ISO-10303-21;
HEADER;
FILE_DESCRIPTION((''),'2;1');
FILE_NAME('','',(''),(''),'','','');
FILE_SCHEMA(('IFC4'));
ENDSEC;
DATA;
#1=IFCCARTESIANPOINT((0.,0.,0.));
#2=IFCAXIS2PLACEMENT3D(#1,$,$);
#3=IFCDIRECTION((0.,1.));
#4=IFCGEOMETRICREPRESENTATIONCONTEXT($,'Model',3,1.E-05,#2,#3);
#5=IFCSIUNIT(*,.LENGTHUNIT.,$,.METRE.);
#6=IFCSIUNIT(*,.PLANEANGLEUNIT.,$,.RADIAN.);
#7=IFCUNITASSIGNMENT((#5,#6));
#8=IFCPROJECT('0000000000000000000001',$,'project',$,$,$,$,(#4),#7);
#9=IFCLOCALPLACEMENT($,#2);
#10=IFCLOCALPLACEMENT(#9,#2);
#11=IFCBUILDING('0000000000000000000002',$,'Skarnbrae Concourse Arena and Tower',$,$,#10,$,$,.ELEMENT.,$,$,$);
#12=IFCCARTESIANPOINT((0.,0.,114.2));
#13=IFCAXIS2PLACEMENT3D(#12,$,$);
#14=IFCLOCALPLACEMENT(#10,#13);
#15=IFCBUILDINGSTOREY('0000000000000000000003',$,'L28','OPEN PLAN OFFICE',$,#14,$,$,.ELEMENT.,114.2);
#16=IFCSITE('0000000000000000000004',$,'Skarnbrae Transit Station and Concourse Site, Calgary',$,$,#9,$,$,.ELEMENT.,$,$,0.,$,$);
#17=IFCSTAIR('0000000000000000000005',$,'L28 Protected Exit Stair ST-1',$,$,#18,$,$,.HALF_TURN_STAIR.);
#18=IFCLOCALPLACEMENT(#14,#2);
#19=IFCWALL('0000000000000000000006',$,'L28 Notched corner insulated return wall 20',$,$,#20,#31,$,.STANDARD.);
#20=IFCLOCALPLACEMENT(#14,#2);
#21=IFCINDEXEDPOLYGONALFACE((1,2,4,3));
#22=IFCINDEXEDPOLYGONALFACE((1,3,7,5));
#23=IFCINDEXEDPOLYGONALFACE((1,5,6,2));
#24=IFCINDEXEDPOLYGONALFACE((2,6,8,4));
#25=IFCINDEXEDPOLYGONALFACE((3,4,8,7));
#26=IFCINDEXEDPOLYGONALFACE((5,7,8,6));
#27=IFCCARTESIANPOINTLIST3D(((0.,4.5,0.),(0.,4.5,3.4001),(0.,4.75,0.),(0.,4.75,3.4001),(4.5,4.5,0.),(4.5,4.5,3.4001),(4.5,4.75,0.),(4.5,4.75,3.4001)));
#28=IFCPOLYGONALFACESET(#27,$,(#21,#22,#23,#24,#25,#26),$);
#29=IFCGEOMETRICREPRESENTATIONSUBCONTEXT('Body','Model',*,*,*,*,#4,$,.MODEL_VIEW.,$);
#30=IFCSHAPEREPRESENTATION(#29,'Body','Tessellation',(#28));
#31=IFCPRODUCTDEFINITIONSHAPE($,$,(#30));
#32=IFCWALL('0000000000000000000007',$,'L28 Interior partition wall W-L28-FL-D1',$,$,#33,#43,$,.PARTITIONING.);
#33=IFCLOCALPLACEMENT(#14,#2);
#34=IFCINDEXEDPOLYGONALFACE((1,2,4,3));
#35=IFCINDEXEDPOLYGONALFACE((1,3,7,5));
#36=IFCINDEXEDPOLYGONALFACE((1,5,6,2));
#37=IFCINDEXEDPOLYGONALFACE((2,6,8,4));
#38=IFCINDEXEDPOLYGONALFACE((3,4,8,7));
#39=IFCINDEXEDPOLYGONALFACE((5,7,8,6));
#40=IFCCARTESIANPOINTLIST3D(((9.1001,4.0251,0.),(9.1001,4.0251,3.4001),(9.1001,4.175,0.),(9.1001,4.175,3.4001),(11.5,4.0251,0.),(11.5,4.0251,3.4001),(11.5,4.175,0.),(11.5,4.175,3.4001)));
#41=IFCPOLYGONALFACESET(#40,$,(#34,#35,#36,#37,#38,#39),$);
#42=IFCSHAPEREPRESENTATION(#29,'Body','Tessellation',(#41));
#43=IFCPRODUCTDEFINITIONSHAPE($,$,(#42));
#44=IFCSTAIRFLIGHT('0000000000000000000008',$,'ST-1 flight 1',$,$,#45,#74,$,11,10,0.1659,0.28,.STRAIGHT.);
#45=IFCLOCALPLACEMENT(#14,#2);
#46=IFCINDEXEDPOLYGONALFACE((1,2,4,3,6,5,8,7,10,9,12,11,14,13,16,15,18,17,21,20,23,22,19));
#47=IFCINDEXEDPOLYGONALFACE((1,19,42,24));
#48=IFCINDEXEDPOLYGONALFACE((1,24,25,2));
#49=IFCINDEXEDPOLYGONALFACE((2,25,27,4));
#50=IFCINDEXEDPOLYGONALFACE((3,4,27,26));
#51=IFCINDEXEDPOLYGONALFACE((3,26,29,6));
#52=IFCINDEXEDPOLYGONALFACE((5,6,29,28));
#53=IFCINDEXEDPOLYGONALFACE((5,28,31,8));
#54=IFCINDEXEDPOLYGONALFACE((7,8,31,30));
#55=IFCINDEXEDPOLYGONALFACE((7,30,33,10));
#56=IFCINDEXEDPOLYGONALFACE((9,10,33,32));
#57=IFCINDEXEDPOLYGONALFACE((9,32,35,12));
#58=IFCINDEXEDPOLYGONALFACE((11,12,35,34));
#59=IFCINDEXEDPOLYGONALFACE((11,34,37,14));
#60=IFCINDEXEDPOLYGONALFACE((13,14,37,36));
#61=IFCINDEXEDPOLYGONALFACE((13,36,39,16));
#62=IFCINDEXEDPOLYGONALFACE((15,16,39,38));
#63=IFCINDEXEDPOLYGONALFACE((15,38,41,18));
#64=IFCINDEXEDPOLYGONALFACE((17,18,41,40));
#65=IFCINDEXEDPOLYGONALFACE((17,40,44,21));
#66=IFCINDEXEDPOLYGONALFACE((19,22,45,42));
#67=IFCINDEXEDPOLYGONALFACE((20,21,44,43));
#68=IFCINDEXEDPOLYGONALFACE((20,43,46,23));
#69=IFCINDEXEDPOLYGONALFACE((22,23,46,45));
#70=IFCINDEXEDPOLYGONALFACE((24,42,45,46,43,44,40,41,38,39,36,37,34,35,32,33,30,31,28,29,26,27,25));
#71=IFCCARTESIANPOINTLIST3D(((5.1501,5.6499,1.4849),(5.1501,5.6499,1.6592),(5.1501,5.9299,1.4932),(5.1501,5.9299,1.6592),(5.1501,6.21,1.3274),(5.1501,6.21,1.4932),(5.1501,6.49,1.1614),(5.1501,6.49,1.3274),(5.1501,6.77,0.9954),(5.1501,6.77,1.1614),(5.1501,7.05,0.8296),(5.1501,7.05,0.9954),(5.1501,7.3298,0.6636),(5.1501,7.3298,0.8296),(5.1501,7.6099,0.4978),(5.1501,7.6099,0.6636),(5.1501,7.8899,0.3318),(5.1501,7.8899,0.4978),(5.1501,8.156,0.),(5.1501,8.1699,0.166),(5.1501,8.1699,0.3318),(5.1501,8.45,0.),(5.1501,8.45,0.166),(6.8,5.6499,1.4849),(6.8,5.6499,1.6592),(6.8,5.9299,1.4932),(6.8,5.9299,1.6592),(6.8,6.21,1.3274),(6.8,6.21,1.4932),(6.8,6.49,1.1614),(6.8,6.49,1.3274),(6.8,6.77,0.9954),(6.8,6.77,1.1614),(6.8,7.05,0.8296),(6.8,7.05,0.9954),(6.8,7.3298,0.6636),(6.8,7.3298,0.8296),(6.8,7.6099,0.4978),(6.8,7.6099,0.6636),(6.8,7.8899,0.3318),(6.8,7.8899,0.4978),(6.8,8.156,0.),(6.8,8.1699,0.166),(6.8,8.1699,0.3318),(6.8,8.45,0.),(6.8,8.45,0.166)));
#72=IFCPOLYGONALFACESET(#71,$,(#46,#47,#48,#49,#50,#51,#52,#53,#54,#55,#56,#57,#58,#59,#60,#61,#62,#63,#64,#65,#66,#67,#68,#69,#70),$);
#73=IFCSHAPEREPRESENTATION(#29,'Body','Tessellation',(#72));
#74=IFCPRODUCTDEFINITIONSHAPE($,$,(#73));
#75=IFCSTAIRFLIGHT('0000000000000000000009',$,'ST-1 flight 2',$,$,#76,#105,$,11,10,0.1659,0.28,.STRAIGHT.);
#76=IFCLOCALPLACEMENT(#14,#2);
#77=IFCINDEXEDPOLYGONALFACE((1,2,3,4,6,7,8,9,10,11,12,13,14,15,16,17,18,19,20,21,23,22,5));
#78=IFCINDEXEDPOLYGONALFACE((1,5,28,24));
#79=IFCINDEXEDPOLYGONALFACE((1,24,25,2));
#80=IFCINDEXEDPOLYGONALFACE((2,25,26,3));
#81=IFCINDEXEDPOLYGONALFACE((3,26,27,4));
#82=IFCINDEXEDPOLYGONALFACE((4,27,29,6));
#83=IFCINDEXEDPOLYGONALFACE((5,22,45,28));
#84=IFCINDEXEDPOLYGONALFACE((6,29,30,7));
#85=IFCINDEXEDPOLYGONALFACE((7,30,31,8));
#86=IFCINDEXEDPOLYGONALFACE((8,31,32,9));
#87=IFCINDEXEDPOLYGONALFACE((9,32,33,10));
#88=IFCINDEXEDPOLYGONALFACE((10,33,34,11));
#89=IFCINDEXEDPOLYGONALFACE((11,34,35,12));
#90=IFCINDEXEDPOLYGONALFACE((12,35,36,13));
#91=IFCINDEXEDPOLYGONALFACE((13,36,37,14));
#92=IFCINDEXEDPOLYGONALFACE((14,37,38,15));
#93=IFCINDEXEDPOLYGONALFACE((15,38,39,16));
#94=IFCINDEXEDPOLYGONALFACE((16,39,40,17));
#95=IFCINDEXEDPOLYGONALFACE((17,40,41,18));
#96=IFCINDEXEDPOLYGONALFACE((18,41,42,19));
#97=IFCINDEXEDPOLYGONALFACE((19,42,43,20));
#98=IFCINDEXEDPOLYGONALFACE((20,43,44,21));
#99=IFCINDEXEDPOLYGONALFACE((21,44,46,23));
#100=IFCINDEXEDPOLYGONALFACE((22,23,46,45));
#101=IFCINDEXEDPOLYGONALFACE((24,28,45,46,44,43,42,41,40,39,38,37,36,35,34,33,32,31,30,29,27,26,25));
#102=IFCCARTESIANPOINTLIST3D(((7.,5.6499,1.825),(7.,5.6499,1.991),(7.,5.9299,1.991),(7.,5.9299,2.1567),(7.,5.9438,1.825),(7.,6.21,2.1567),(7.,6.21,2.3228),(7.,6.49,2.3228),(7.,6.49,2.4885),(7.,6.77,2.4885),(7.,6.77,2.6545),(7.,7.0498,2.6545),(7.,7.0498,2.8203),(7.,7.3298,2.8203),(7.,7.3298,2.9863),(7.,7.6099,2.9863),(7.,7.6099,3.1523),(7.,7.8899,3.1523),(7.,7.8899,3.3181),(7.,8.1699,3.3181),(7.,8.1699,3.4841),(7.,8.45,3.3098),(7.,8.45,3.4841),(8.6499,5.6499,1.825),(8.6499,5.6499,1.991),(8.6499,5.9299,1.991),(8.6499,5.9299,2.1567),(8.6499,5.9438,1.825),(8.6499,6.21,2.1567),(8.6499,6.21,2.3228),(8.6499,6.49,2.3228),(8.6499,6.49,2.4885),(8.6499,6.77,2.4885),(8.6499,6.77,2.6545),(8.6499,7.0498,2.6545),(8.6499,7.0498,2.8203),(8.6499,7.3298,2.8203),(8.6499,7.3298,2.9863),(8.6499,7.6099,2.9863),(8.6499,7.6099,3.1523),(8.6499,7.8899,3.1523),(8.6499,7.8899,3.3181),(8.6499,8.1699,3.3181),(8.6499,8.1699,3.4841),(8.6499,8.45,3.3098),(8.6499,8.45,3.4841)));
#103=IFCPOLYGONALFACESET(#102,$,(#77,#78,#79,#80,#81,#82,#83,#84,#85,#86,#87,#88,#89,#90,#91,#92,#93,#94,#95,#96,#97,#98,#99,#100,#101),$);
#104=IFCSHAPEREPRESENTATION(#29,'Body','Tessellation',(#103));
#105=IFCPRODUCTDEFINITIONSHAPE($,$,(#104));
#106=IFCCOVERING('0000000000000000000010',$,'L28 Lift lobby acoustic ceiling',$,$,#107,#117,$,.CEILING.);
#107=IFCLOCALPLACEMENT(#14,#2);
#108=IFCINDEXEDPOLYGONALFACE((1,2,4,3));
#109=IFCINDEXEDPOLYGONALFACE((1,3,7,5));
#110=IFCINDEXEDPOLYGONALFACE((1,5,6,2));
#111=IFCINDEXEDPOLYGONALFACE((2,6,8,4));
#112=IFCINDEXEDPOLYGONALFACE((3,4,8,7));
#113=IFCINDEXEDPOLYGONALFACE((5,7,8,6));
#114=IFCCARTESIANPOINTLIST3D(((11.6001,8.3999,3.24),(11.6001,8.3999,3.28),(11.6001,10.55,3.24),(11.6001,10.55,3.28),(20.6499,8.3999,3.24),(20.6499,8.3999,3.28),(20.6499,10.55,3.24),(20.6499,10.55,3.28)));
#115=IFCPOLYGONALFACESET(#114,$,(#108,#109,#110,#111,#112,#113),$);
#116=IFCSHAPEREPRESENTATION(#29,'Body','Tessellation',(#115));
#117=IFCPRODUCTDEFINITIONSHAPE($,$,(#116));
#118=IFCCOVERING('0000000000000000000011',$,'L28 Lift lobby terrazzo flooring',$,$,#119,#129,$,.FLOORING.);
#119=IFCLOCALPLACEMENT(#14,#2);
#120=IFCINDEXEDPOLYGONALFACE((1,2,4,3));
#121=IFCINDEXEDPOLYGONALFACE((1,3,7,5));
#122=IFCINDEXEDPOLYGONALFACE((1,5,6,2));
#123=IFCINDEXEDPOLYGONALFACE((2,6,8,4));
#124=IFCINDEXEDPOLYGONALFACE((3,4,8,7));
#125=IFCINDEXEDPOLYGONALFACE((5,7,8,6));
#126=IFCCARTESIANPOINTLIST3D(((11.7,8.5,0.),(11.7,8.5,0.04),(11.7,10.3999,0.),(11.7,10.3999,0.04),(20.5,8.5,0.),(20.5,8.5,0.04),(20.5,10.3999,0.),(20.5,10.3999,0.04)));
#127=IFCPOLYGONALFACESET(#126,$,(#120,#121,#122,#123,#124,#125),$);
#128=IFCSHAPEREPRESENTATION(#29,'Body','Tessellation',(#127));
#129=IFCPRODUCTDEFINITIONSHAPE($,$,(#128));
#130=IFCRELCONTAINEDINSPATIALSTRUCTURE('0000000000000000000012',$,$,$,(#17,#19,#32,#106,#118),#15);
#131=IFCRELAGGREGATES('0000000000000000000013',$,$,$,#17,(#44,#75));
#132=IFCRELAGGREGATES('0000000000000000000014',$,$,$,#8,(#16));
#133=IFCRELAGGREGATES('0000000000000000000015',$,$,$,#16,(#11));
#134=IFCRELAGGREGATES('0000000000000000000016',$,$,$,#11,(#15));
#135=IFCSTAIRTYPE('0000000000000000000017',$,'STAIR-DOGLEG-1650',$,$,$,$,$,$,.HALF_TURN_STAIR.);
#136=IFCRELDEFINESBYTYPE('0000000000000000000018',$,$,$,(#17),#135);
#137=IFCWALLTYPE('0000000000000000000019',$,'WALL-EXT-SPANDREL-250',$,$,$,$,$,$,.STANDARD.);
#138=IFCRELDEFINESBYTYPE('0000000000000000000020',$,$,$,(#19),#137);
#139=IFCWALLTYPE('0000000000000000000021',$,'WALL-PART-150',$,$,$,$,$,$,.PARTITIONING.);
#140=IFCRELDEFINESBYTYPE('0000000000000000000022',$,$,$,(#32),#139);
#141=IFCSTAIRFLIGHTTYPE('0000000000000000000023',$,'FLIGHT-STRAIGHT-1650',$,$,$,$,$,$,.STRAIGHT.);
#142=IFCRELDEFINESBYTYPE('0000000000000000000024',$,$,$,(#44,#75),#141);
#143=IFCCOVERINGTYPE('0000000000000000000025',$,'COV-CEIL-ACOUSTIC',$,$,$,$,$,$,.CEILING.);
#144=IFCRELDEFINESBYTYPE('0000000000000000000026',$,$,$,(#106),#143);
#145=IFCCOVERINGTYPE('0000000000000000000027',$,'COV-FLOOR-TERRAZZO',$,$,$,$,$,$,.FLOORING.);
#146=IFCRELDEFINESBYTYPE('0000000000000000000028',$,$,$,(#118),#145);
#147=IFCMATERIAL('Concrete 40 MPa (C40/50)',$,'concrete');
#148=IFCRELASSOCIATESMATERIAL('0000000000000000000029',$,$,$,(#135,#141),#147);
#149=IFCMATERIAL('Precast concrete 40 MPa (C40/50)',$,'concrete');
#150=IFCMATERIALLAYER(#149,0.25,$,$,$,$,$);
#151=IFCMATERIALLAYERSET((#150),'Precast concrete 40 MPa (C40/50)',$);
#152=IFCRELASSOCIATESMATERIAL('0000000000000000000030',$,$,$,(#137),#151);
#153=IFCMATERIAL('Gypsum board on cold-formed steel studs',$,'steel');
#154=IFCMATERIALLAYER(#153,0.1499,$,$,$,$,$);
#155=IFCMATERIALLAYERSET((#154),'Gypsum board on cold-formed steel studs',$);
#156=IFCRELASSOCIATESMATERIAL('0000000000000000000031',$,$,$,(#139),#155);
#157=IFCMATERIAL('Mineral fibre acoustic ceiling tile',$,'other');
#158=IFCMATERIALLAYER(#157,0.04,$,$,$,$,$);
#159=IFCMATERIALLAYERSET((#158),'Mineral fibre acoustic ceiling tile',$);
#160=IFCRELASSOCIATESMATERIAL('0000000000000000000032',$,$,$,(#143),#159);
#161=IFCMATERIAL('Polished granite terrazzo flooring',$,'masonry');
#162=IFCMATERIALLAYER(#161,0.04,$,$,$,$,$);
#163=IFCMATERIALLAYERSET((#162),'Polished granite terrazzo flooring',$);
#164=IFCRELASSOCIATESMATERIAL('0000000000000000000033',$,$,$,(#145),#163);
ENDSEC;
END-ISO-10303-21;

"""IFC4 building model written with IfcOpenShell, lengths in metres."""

from ifc_helpers import new_model, si_unit, direction, frame, frame_2d, origin, place, context, subcontext, project, spatial, polyline, rectangle, outline, extrude, source, transform, mapped, material, layer, layer_set, type_object, element, aggregate, save


model = new_model("IFC4")

# Units and contexts
model_context = context("Model", 3, precision=1e-05, world=origin(), true_north=direction((0.0, 1.0)))
body_context = subcontext(model_context, "Body", "Model", "MODEL_VIEW")
ifc_project = project(units=[si_unit("LENGTHUNIT", "METRE"), si_unit("PLANEANGLEUNIT", "RADIAN")], contexts=[model_context])

# Site, building, storey
site_placement = place(None, origin())
site = spatial("IfcSite", under=ifc_project, at=site_placement, Name="Skarnbrae Transit Station and Concourse Site, Calgary", CompositionType="ELEMENT", RefElevation=0.0)
building_placement = place(site_placement, origin())
building = spatial("IfcBuilding", under=site, at=building_placement, Name="Skarnbrae Concourse Arena and Tower", CompositionType="ELEMENT")
storey_placement = place(building_placement, frame((0.0, 0.0, 114.2)))
storey = spatial("IfcBuildingStorey", under=building, at=storey_placement, Name="L28", Description="OPEN PLAN OFFICE", CompositionType="ELEMENT", Elevation=114.2)

# Stair
ifc_material_1 = material(Name="Concrete 40 MPa (C40/50)", Category="concrete")
stair_type = type_object("IfcStairType", Name="STAIR-DOGLEG-1650", PredefinedType="HALF_TURN_STAIR", material=ifc_material_1)
stair_1_placement = place(storey_placement, origin())
stair_1 = element("IfcStair", 1, at=stair_1_placement, inside=storey, type_object=stair_type, Name="L28 Protected Exit Stair ST-1", PredefinedType="HALF_TURN_STAIR")

# Walls
ifc_material_2 = material(Name="Precast concrete 40 MPa (C40/50)", Category="concrete")
ifc_layer_1 = layer(ifc_material_2, 0.25)
ifc_layer_set_1 = layer_set([ifc_layer_1], Name="Precast concrete 40 MPa (C40/50)")
wall_type_1 = type_object("IfcWallType", Name="WALL-EXT-SPANDREL-250", PredefinedType="STANDARD", material=ifc_layer_set_1)
shared_shape_1 = source(origin(), body_context, "Body", "SweptSolid", [
    extrude(rectangle(XDim=4.5, YDim=0.25, at=frame_2d((2.25, 0.0))), origin(), (0.0, 0.0, 1.0), 3.4001),
])
wall_1_placement = place(storey_placement, frame((0.0, 4.625, 0.0), z_axis=(0.0, 0.0, 1.0), x_axis=(1.0, 0.0, 0.0)))
element("IfcWall", 2, at=wall_1_placement, inside=storey, type_object=wall_type_1, Name="L28 Notched corner insulated return wall 20", PredefinedType="STANDARD", context=body_context, shape_type="MappedRepresentation", body=[
    mapped(shared_shape_1, transform((0.0, 0.0, 0.0))),
])
ifc_material_3 = material(Name="Gypsum board on cold-formed steel studs", Category="steel")
ifc_layer_2 = layer(ifc_material_3, 0.1499)
ifc_layer_set_2 = layer_set([ifc_layer_2], Name="Gypsum board on cold-formed steel studs")
wall_type_2 = type_object("IfcWallType", Name="WALL-PART-150", PredefinedType="PARTITIONING", material=ifc_layer_set_2)
shared_shape_2 = source(origin(), body_context, "Body", "SweptSolid", [
    extrude(rectangle(XDim=2.3999, YDim=0.1499, at=frame_2d((1.2, 0.0))), origin(), (0.0, 0.0, 1.0), 3.4001),
])
wall_2_placement = place(storey_placement, frame((9.1001, 4.1001, 0.0), z_axis=(0.0, 0.0, 1.0), x_axis=(1.0, 0.0, 0.0)))
element("IfcWall", 3, at=wall_2_placement, inside=storey, type_object=wall_type_2, Name="L28 Interior partition wall W-L28-FL-D1", PredefinedType="PARTITIONING", context=body_context, shape_type="MappedRepresentation", body=[
    mapped(shared_shape_2, transform((0.0, 0.0, 0.0))),
])

# Stair flights
stair_flight_type = type_object("IfcStairFlightType", Name="FLIGHT-STRAIGHT-1650", PredefinedType="STRAIGHT", material=ifc_material_1)
shared_shape_3 = source(origin(), body_context, "Body", "SweptSolid", [
    extrude(outline(polyline([(0.0, 0.0), (0.0, 0.166), (0.28, 0.166), (0.28, 0.3318), (0.5601, 0.3318), (0.5601, 0.4978), (0.8401, 0.4978), (0.8401, 0.6636), (1.1201, 0.6636), (1.1201, 0.8296), (1.3999, 0.8296), (1.3999, 0.9954), (1.6799, 0.9954), (1.6799, 1.1614), (1.96, 1.1614), (1.96, 1.3274), (2.24, 1.3274), (2.24, 1.4932), (2.52, 1.4932), (2.52, 1.6592), (2.8, 1.6592), (2.8, 1.825), (2.8, 1.4849), (0.2939, 0.0), (0.0, 0.0)])), frame((0.0, 0.825, 0.0), z_axis=(0.0, -1.0, 0.0), x_axis=(1.0, 0.0, 0.0)), (0.0, 0.0, 1.0), 1.6499),
])
stair_flight_1_placement = place(storey_placement, frame((5.9751, 8.45, 0.0), z_axis=(0.0, 0.0, 1.0), x_axis=(0.0, -1.0, 0.0)))
stair_flight_1 = element("IfcStairFlight", 4, at=stair_flight_1_placement, type_object=stair_flight_type, Name="ST-1 flight 1", NumberOfRisers=11, NumberOfTreads=10, PredefinedType="STRAIGHT", RiserHeight=0.1659, TreadLength=0.28, context=body_context, shape_type="MappedRepresentation", body=[
    mapped(shared_shape_3, transform((0.0, 0.0, 0.0))),
])
stair_flight_2_placement = place(storey_placement, frame((7.825, 5.6499, 1.825), z_axis=(0.0, 0.0, 1.0), x_axis=(0.0, 1.0, 0.0)))
stair_flight_2 = element("IfcStairFlight", 5, at=stair_flight_2_placement, type_object=stair_flight_type, Name="ST-1 flight 2", NumberOfRisers=11, NumberOfTreads=10, PredefinedType="STRAIGHT", RiserHeight=0.1659, TreadLength=0.28, context=body_context, shape_type="MappedRepresentation", body=[
    mapped(shared_shape_3, transform((0.0, 0.0, 0.0))),
])
aggregate(stair_1, [stair_flight_1, stair_flight_2])

# Coverings
ifc_material_4 = material(Name="Mineral fibre acoustic ceiling tile", Category="other")
ifc_layer_3 = layer(ifc_material_4, 0.04)
ifc_layer_set_3 = layer_set([ifc_layer_3], Name="Mineral fibre acoustic ceiling tile")
covering_type_1 = type_object("IfcCoveringType", Name="COV-CEIL-ACOUSTIC", PredefinedType="CEILING", material=ifc_layer_set_3)
covering_1_placement = place(storey_placement, frame((0.0, 0.0, 3.24)))
element("IfcCovering", 6, at=covering_1_placement, inside=storey, type_object=covering_type_1, Name="L28 Lift lobby acoustic ceiling", PredefinedType="CEILING", context=body_context, shape_type="SweptSolid", body=[
    extrude(outline(polyline([(11.6001, 8.3999), (20.6499, 8.3999), (20.6499, 10.55), (11.6001, 10.55), (11.6001, 8.3999)])), origin(), (0.0, 0.0, 1.0), 0.04),
])
ifc_material_5 = material(Name="Polished granite terrazzo flooring", Category="masonry")
ifc_layer_4 = layer(ifc_material_5, 0.04)
ifc_layer_set_4 = layer_set([ifc_layer_4], Name="Polished granite terrazzo flooring")
covering_type_2 = type_object("IfcCoveringType", Name="COV-FLOOR-TERRAZZO", PredefinedType="FLOORING", material=ifc_layer_set_4)
covering_2_placement = place(storey_placement, origin())
element("IfcCovering", 7, at=covering_2_placement, inside=storey, type_object=covering_type_2, Name="L28 Lift lobby terrazzo flooring", PredefinedType="FLOORING", context=body_context, shape_type="SweptSolid", body=[
    extrude(outline(polyline([(11.7, 8.5), (20.5, 8.5), (20.5, 10.3999), (11.7, 10.3999), (11.7, 8.5)])), origin(), (0.0, 0.0, 1.0), 0.04),
])

save(model, "model.ifc")
